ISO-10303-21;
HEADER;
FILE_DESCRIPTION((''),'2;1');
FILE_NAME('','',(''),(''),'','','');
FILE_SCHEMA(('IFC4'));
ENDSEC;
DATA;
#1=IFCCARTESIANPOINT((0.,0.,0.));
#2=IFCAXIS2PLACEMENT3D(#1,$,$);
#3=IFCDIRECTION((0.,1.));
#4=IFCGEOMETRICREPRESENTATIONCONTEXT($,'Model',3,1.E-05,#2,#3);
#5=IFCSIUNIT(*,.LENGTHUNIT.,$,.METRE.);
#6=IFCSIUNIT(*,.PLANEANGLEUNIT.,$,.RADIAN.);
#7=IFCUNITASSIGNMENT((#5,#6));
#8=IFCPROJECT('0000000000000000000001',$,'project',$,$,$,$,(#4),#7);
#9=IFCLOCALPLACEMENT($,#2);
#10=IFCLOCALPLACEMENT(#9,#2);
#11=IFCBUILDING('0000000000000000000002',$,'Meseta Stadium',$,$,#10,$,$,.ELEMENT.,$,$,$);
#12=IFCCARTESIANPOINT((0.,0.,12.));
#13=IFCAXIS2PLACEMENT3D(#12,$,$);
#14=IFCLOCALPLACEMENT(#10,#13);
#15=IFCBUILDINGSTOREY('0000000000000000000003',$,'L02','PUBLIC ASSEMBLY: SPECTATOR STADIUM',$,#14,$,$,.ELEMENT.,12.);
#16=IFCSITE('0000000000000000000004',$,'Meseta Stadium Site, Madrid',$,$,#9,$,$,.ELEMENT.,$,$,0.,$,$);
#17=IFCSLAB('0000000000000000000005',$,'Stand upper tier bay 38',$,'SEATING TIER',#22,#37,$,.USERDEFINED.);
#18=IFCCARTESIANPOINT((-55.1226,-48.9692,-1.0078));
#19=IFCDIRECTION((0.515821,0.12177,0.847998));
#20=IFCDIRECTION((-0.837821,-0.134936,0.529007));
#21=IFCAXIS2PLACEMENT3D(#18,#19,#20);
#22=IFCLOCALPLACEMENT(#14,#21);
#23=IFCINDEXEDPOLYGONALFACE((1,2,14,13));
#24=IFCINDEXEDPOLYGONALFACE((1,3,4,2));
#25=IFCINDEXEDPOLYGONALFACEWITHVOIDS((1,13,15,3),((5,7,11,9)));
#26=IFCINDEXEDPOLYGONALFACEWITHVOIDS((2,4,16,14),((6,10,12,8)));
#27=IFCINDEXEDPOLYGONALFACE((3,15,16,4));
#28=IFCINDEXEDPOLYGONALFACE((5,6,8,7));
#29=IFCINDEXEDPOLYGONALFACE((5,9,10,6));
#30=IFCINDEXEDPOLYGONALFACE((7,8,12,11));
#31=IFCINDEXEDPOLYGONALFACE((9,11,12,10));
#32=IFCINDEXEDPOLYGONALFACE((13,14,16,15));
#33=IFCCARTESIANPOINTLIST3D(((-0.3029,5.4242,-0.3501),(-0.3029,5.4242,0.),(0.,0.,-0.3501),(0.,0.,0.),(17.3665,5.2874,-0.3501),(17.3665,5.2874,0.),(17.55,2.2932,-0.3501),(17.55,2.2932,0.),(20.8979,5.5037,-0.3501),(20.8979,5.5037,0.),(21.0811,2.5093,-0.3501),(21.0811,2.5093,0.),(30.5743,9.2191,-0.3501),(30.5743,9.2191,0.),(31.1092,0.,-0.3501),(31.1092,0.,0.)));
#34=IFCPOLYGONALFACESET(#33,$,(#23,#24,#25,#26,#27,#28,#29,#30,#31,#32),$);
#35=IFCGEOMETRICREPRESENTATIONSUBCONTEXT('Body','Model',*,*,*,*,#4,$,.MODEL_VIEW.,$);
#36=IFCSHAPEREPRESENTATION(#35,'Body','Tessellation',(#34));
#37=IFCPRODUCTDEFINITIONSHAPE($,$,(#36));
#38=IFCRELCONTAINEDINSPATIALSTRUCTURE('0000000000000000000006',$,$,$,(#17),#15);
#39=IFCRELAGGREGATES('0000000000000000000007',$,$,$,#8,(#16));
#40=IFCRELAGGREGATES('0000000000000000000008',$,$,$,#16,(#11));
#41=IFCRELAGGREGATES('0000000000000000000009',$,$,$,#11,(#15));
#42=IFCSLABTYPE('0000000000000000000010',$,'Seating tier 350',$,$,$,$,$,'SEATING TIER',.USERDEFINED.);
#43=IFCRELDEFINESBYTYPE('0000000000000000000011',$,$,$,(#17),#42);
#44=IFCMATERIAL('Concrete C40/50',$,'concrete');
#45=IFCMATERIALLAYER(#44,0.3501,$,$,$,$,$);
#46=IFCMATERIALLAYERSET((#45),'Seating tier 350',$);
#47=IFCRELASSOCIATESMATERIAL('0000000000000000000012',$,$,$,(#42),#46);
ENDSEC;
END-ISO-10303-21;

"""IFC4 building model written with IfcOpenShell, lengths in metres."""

from ifc_helpers import new_model, si_unit, direction, frame, origin, place, context, subcontext, project, spatial, polyline, outline, extrude, material, layer, layer_set, type_object, element, save


model = new_model("IFC4")

# Units and contexts
model_context = context("Model", 3, precision=1e-05, world=origin(), true_north=direction((0.0, 1.0)))
body_context = subcontext(model_context, "Body", "Model", "MODEL_VIEW")
ifc_project = project(units=[si_unit("LENGTHUNIT", "METRE"), si_unit("PLANEANGLEUNIT", "RADIAN")], contexts=[model_context])

# Site, building, storey
site_placement = place(None, origin())
site = spatial("IfcSite", under=ifc_project, at=site_placement, Name="Meseta Stadium Site, Madrid", CompositionType="ELEMENT", RefElevation=0.0)
building_placement = place(site_placement, origin())
building = spatial("IfcBuilding", under=site, at=building_placement, Name="Meseta Stadium", CompositionType="ELEMENT")
storey_placement = place(building_placement, frame((0.0, 0.0, 12.0)))
storey = spatial("IfcBuildingStorey", under=building, at=storey_placement, Name="L02", Description="PUBLIC ASSEMBLY: SPECTATOR STADIUM", CompositionType="ELEMENT", Elevation=12.0)

# Slab
ifc_material_1 = material(Name="Concrete C40/50", Category="concrete")
ifc_layer_1 = layer(ifc_material_1, 0.3501)
ifc_layer_set_1 = layer_set([ifc_layer_1], Name="Seating tier 350")
slab_type = type_object("IfcSlabType", Name="Seating tier 350", ElementType="SEATING TIER", PredefinedType="USERDEFINED", material=ifc_layer_set_1)
slab_placement = place(storey_placement, frame((-55.1226, -48.9692, -1.0078), z_axis=(0.515821, 0.12177, 0.847998), x_axis=(-0.837821, -0.134936, 0.529007)))
element("IfcSlab", 1, at=slab_placement, inside=storey, type_object=slab_type, Name="Stand upper tier bay 38", ObjectType="SEATING TIER", PredefinedType="USERDEFINED", context=body_context, shape_type="SweptSolid", body=[
    extrude(outline(polyline([(0.0, 0.0), (31.1092, 0.0), (30.5743, 9.2191), (-0.3029, 5.4242), (0.0, 0.0)]), holes=[polyline([(17.55, 2.2932), (21.0811, 2.5093), (20.8979, 5.5037), (17.3665, 5.2874), (17.55, 2.2932)])]), origin(), (0.0, 0.0, -1.0), 0.3501),
])

save(model, "model.ifc")
